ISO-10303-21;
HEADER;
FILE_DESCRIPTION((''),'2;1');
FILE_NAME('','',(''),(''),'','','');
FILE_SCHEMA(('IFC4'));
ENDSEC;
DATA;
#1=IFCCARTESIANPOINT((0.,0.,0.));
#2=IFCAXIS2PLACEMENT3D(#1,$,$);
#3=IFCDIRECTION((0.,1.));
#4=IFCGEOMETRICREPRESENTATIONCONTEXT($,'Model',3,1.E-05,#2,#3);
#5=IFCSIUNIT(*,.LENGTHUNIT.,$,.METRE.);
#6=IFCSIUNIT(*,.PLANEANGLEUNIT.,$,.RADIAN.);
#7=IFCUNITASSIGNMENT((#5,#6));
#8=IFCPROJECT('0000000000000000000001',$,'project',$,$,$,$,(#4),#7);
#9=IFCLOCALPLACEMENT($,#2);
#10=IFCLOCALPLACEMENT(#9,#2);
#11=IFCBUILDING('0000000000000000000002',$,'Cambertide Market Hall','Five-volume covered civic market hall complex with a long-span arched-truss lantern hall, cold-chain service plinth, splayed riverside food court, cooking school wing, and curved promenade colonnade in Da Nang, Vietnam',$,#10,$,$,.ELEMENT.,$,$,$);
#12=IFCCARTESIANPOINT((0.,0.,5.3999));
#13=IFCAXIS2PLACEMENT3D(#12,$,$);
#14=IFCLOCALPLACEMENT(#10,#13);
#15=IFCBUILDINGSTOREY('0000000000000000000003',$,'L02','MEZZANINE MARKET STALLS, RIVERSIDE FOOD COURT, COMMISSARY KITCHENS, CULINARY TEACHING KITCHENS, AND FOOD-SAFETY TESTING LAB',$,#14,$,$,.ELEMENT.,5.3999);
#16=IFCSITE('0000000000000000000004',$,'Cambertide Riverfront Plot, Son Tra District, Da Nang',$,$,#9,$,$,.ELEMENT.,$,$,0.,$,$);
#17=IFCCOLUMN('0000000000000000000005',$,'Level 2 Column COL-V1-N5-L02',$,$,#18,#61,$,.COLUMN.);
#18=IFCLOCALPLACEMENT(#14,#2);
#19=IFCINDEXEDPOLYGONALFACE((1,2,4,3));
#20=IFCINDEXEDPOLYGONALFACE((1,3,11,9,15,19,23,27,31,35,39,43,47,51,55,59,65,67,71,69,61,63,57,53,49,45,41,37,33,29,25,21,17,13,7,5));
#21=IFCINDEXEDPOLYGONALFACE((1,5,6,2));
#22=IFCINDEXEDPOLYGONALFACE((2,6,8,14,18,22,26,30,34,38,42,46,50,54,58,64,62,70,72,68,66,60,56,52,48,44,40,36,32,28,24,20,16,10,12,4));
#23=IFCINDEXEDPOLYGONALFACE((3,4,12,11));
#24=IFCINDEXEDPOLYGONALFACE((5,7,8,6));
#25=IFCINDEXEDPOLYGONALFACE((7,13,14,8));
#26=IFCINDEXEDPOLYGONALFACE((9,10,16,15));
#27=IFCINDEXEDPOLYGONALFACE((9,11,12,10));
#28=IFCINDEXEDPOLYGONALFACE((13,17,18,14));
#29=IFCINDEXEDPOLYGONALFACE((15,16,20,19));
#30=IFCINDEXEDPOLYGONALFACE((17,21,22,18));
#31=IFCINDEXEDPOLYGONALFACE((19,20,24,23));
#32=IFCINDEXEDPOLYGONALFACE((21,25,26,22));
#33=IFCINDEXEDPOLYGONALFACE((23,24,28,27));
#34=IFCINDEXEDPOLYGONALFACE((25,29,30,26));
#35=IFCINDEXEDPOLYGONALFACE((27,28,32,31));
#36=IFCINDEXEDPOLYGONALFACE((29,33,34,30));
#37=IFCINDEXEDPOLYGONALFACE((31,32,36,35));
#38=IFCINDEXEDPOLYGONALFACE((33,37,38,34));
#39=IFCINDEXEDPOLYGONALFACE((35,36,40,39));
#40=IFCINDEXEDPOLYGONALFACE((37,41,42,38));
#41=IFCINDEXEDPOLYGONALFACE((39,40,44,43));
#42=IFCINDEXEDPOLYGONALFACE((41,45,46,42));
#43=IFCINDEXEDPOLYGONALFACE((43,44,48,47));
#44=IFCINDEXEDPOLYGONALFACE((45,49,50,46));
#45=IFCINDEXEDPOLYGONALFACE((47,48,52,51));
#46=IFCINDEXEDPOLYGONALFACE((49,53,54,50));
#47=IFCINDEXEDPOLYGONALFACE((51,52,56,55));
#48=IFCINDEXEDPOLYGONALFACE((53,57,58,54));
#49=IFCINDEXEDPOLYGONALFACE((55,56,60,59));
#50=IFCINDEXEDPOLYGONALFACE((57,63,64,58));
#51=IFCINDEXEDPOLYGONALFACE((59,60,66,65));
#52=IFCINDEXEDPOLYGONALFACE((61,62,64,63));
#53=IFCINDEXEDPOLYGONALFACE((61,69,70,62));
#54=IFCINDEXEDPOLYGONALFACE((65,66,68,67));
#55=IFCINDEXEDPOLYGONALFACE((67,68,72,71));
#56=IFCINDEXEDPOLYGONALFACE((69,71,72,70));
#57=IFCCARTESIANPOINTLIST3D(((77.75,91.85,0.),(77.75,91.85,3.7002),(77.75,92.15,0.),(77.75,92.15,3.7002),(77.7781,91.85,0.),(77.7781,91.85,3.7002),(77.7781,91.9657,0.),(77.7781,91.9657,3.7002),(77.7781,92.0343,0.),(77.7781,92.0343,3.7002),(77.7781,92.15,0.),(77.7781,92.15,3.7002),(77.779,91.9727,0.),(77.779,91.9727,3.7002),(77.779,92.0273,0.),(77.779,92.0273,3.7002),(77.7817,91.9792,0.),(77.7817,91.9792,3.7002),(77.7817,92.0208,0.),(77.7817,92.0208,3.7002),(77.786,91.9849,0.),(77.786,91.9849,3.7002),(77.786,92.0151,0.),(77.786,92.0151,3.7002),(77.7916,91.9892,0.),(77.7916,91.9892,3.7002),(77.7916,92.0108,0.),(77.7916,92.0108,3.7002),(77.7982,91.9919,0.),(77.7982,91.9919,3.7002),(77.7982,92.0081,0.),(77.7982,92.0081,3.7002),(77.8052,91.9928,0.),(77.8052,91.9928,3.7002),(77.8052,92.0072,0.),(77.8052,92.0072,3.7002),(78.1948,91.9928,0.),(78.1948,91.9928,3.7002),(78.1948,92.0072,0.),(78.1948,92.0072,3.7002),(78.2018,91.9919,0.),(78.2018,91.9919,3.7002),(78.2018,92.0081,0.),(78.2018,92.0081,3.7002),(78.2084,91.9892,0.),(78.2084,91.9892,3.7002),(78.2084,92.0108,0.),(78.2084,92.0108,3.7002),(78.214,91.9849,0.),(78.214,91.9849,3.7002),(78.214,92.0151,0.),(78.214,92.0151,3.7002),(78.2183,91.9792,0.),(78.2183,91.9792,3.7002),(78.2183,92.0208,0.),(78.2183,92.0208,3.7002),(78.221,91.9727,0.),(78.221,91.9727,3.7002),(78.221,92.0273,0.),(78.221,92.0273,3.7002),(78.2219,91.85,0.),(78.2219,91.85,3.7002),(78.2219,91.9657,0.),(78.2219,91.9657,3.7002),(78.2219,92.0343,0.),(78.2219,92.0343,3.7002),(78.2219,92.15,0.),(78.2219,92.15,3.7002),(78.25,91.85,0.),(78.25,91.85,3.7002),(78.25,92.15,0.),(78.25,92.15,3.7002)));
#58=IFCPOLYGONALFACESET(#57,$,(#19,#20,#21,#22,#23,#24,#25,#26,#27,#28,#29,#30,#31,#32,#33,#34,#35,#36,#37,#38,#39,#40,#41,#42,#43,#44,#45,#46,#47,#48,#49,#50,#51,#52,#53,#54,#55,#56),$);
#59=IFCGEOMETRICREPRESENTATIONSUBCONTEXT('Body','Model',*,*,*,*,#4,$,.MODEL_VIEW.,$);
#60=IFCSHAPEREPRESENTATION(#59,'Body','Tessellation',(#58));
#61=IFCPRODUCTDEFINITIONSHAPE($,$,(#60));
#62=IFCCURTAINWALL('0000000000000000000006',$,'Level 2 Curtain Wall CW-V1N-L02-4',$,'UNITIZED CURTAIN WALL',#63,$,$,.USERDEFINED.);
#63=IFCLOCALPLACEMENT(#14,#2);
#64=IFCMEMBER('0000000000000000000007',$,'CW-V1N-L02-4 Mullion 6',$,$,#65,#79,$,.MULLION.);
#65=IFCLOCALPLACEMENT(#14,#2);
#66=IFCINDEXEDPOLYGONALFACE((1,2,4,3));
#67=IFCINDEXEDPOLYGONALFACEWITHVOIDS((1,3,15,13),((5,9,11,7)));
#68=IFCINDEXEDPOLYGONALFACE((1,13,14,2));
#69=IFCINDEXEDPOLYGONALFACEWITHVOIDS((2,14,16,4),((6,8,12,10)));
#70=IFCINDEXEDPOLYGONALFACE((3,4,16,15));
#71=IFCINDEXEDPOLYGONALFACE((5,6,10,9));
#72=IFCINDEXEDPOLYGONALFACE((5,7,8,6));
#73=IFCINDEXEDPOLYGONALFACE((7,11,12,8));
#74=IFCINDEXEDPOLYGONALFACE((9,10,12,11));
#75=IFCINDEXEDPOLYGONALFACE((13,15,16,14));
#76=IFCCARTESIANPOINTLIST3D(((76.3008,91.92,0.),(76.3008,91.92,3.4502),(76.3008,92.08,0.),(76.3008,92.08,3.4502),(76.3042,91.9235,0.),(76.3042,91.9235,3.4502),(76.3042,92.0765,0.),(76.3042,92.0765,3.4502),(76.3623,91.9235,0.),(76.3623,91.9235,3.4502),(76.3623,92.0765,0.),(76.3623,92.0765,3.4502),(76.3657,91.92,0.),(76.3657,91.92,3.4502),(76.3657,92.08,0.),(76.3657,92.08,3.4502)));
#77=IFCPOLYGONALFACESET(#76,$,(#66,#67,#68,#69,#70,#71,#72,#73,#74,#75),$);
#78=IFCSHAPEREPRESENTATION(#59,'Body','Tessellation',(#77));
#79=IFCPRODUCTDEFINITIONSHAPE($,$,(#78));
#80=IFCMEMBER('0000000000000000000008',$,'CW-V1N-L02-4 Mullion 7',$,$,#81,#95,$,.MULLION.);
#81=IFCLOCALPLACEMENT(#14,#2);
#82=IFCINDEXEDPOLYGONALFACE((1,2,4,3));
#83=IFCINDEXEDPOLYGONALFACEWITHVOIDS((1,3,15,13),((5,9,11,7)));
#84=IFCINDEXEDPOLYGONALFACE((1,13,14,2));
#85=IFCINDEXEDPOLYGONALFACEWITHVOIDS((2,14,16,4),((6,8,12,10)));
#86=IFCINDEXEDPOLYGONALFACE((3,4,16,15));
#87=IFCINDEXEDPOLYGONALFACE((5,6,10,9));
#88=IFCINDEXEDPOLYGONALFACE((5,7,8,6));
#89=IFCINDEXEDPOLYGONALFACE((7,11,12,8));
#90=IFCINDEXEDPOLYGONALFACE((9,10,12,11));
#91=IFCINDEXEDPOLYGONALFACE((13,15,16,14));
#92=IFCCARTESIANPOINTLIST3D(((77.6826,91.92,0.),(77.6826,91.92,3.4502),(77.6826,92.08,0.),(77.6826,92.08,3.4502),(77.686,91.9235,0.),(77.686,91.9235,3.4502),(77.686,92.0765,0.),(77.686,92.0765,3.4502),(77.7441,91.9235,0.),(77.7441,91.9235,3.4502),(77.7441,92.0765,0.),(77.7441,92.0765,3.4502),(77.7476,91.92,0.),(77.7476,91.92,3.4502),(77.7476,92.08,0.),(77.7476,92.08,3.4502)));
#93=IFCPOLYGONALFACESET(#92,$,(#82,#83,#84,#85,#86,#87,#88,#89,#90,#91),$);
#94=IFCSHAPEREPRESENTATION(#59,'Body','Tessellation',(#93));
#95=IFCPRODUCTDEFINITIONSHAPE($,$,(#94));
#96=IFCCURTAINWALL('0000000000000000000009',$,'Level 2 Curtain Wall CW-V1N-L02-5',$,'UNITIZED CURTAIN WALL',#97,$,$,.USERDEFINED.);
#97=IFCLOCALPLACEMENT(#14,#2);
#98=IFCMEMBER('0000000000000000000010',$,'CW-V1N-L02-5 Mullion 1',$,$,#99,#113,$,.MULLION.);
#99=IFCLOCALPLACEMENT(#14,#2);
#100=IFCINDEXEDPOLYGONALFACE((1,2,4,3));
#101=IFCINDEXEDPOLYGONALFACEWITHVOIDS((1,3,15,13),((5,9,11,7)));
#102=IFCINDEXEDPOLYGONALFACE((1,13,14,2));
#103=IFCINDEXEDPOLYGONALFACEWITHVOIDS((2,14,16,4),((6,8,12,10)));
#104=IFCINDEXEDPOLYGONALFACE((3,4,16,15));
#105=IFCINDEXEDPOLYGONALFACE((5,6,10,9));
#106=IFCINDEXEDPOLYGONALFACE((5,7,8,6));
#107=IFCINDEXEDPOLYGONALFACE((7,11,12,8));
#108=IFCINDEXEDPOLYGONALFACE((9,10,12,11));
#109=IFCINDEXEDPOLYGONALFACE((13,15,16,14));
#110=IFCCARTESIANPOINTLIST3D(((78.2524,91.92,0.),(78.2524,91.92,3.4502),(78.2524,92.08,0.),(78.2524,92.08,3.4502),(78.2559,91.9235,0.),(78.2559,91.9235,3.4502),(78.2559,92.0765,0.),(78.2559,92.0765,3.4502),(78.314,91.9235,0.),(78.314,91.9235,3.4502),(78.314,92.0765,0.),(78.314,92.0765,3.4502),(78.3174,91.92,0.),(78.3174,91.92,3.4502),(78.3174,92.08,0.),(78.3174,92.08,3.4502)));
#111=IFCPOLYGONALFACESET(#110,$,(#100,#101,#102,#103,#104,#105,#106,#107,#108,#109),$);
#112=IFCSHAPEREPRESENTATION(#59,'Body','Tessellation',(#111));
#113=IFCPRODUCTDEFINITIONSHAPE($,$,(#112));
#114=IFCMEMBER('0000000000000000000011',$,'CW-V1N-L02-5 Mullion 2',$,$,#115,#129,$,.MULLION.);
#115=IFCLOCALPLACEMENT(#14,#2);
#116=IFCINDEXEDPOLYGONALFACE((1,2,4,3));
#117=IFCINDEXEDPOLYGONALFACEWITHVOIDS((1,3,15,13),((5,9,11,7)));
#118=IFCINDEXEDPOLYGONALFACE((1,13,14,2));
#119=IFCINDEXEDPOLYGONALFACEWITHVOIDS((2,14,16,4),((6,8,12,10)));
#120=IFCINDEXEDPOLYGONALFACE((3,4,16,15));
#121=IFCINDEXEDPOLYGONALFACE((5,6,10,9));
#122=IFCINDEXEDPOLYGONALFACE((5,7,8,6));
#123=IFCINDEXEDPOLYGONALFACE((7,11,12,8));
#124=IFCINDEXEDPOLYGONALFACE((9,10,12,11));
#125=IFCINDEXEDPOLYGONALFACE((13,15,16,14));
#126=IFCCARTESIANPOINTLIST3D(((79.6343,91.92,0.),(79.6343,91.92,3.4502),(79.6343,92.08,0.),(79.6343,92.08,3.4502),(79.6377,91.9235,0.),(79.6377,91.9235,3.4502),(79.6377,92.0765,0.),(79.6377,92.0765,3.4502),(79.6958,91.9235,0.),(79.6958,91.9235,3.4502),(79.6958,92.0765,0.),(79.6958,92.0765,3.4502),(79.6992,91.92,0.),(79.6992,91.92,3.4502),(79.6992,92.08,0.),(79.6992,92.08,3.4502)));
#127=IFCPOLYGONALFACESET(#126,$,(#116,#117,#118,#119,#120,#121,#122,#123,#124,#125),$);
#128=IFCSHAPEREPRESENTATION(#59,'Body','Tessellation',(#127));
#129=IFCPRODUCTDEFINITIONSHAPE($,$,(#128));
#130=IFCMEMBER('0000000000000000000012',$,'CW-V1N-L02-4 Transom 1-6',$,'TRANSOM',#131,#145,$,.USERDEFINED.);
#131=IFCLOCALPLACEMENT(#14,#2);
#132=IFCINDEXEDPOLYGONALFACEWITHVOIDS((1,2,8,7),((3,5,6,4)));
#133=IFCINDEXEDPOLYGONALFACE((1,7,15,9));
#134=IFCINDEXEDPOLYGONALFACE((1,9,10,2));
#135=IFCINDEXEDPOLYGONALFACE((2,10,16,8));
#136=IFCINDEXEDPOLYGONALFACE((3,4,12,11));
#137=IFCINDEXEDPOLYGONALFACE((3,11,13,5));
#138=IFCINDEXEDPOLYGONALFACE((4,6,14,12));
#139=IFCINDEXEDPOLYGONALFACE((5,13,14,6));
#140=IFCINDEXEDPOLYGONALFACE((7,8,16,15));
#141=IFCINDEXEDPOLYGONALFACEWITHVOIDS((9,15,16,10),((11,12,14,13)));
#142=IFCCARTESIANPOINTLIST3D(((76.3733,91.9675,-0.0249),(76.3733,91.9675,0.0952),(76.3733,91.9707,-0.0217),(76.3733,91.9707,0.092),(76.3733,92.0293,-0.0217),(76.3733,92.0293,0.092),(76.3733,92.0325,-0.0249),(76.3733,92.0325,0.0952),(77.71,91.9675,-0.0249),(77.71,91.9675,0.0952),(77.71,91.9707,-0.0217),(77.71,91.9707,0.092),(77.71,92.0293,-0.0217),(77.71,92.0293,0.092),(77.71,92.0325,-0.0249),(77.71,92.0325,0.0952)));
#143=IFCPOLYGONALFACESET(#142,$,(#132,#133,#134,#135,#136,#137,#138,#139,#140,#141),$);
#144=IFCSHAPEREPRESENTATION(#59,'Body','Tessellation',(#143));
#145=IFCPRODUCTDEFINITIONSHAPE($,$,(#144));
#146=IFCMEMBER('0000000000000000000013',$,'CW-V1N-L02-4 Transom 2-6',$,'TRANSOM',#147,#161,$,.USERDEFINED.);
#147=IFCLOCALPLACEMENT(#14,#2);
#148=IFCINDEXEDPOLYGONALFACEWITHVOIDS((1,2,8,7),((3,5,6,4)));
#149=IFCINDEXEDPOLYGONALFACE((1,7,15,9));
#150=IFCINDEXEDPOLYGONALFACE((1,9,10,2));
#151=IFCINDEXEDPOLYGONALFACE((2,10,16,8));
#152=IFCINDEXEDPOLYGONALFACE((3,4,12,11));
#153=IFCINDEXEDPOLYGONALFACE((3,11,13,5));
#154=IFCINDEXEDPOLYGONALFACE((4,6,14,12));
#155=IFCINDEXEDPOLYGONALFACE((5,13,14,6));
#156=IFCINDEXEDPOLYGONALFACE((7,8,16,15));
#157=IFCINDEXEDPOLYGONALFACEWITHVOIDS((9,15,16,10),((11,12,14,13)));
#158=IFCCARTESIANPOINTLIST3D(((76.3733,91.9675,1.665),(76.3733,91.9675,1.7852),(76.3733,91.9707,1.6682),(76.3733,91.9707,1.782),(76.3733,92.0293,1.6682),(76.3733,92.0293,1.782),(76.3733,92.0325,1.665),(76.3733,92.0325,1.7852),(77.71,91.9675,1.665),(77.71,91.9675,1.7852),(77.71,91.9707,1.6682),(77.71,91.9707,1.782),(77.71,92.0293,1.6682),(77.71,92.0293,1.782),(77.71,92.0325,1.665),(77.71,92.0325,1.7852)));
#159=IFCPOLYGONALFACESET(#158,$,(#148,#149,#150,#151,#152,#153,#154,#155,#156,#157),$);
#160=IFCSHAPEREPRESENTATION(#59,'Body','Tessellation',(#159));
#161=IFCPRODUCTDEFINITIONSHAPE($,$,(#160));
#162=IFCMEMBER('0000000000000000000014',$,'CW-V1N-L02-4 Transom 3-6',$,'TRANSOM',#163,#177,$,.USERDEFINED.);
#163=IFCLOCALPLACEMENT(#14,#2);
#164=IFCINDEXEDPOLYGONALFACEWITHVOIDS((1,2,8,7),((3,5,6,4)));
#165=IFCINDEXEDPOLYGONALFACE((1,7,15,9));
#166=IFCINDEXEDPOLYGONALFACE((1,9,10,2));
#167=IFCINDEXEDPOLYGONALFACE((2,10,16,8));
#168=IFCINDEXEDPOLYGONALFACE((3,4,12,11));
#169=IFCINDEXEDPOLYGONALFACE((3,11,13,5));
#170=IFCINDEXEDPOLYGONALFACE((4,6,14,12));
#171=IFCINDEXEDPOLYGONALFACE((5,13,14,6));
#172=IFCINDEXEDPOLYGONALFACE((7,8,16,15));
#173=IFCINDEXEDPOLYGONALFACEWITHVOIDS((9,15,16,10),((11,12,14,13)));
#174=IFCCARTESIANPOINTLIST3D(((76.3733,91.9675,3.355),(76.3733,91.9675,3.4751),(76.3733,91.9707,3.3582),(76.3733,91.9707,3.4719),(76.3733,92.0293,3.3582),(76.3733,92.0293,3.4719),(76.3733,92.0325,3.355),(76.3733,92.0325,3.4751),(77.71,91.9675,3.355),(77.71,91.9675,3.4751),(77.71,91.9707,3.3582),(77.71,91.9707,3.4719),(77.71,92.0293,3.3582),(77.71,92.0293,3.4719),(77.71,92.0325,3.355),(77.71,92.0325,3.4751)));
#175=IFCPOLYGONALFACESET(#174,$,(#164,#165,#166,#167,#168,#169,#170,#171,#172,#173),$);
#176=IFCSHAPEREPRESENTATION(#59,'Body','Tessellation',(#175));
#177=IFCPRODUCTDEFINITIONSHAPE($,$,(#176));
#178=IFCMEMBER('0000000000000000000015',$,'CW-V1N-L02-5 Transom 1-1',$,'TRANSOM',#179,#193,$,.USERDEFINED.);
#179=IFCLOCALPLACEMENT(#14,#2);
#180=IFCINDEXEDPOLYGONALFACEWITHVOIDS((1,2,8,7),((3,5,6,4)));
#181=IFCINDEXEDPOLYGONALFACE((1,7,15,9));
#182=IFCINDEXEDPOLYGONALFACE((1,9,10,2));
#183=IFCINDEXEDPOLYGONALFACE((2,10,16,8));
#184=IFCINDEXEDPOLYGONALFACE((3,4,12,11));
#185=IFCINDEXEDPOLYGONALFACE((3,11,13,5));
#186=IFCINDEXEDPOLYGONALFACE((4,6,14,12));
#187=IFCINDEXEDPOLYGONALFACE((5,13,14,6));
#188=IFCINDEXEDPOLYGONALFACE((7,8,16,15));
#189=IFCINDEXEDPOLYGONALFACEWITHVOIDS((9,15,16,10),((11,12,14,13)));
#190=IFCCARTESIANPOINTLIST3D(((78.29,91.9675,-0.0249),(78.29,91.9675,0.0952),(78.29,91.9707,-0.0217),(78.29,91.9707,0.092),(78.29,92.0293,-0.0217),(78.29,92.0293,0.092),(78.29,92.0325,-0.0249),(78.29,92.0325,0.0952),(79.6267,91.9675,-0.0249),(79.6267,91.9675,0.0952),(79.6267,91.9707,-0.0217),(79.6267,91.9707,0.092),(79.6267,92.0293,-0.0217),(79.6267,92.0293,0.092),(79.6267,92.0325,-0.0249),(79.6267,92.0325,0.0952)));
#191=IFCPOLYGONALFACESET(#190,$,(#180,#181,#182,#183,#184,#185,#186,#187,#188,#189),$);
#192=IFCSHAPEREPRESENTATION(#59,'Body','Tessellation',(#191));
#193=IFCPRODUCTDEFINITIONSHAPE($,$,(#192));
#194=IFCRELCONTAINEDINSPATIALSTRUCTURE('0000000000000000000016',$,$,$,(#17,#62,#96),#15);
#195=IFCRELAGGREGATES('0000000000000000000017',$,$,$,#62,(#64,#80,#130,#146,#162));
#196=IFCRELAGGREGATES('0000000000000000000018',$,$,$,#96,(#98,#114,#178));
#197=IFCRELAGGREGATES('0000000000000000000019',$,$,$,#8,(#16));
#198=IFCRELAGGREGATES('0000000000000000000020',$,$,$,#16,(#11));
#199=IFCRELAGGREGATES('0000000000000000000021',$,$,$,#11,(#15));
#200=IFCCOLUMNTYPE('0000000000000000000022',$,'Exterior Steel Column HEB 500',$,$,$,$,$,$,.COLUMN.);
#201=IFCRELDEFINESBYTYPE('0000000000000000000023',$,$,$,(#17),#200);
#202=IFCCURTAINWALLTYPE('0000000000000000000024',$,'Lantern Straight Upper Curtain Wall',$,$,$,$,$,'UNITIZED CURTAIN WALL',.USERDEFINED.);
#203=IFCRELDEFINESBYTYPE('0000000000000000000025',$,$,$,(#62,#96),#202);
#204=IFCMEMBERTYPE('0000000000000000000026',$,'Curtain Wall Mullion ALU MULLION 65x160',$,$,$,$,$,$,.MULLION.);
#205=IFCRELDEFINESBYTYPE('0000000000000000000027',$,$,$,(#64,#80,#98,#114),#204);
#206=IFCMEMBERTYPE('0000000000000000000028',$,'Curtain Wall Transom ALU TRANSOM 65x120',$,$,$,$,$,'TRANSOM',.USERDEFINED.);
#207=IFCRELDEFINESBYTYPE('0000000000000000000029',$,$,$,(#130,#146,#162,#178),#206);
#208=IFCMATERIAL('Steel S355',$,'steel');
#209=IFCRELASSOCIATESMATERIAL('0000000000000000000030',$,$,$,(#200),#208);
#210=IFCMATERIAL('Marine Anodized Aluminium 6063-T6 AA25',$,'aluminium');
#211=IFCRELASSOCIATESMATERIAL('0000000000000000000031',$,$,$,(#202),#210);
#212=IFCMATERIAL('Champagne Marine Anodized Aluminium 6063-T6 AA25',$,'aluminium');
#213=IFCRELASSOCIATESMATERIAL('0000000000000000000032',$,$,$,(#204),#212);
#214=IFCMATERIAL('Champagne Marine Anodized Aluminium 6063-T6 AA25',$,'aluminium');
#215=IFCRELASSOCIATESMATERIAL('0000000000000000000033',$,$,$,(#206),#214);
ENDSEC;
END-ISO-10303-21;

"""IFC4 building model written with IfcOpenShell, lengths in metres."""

from ifc_helpers import new_model, si_unit, direction, frame, origin, origin_2d, place, context, subcontext, project, spatial, hollow_rectangle, i_section, extrude, material, material_profile, profile_set, type_object, element, aggregate, save


model = new_model("IFC4")

# Units and contexts
model_context = context("Model", 3, precision=1e-05, world=origin(), true_north=direction((0.0, 1.0)))
body_context = subcontext(model_context, "Body", "Model", "MODEL_VIEW")
ifc_project = project(units=[si_unit("LENGTHUNIT", "METRE"), si_unit("PLANEANGLEUNIT", "RADIAN")], contexts=[model_context])

# Site, building, storey
site_placement = place(None, origin())
site = spatial("IfcSite", under=ifc_project, at=site_placement, Name="Cambertide Riverfront Plot, Son Tra District, Da Nang", CompositionType="ELEMENT", RefElevation=0.0)
building_placement = place(site_placement, origin())
building = spatial("IfcBuilding", under=site, at=building_placement, Name="Cambertide Market Hall", Description="Five-volume covered civic market hall complex with a long-span arched-truss lantern hall, cold-chain service plinth, splayed riverside food court, cooking school wing, and curved promenade colonnade in Da Nang, Vietnam", CompositionType="ELEMENT")
storey_placement = place(building_placement, frame((0.0, 0.0, 5.3999)))
storey = spatial("IfcBuildingStorey", under=building, at=storey_placement, Name="L02", Description="MEZZANINE MARKET STALLS, RIVERSIDE FOOD COURT, COMMISSARY KITCHENS, CULINARY TEACHING KITCHENS, AND FOOD-SAFETY TESTING LAB", CompositionType="ELEMENT", Elevation=5.3999)

# Column
ifc_material_1 = material(Name="Steel S355", Category="steel")
ifc_material_profile_1 = material_profile(ifc_material_1, i_section(OverallWidth=0.3, OverallDepth=0.5, WebThickness=0.0144, FlangeThickness=0.0281, FilletRadius=0.0271, at=origin_2d()), Name="HEB 500")
ifc_profile_set_1 = profile_set([ifc_material_profile_1], Name="Steel S355")
column_type = type_object("IfcColumnType", Name="Exterior Steel Column HEB 500", PredefinedType="COLUMN", material=ifc_profile_set_1)
column_placement = place(storey_placement, frame((78.0, 92.0, 0.0), z_axis=(0.0, 0.0, 1.0), x_axis=(0.0, 1.0, 0.0)))
element("IfcColumn", 1, at=column_placement, inside=storey, type_object=column_type, Name="Level 2 Column COL-V1-N5-L02", PredefinedType="COLUMN", context=body_context, shape_type="SweptSolid", body=[
    extrude(i_section(OverallWidth=0.3, OverallDepth=0.5, WebThickness=0.0144, FlangeThickness=0.0281, FilletRadius=0.0271, at=origin_2d()), origin(), (0.0, 0.0, 1.0), 3.7002),
])

# Curtain walls, members
ifc_material_2 = material(Name="Marine Anodized Aluminium 6063-T6 AA25", Category="aluminium")
curtain_wall_type = type_object("IfcCurtainWallType", Name="Lantern Straight Upper Curtain Wall", ElementType="UNITIZED CURTAIN WALL", PredefinedType="USERDEFINED", material=ifc_material_2)
curtain_wall_1_placement = place(storey_placement, origin())
curtain_wall_1 = element("IfcCurtainWall", 2, at=curtain_wall_1_placement, inside=storey, type_object=curtain_wall_type, Name="Level 2 Curtain Wall CW-V1N-L02-4", ObjectType="UNITIZED CURTAIN WALL", PredefinedType="USERDEFINED")
ifc_material_3 = material(Name="Champagne Marine Anodized Aluminium 6063-T6 AA25", Category="aluminium")
ifc_material_profile_2 = material_profile(ifc_material_3, hollow_rectangle(XDim=0.0649, YDim=0.1599, WallThickness=0.0034, at=origin_2d()), Name="ALU MULLION 65x160")
ifc_profile_set_2 = profile_set([ifc_material_profile_2], Name="Champagne Marine Anodized Aluminium 6063-T6 AA25")
member_type_1 = type_object("IfcMemberType", Name="Curtain Wall Mullion ALU MULLION 65x160", PredefinedType="MULLION", material=ifc_profile_set_2)
member_1_placement = place(storey_placement, frame((76.3333, 92.0, 0.0), z_axis=(0.0, 0.0, 1.0), x_axis=(1.0, 0.0, 0.0)))
member_1 = element("IfcMember", 3, at=member_1_placement, type_object=member_type_1, Name="CW-V1N-L02-4 Mullion 6", PredefinedType="MULLION", context=body_context, shape_type="SweptSolid", body=[
    extrude(hollow_rectangle(XDim=0.0649, YDim=0.1599, WallThickness=0.0034, at=origin_2d()), origin(), (0.0, 0.0, 1.0), 3.4502),
])
member_2_placement = place(storey_placement, frame((77.7151, 92.0, 0.0), z_axis=(0.0, 0.0, 1.0), x_axis=(1.0, 0.0, 0.0)))
member_2 = element("IfcMember", 4, at=member_2_placement, type_object=member_type_1, Name="CW-V1N-L02-4 Mullion 7", PredefinedType="MULLION", context=body_context, shape_type="SweptSolid", body=[
    extrude(hollow_rectangle(XDim=0.0649, YDim=0.1599, WallThickness=0.0034, at=origin_2d()), origin(), (0.0, 0.0, 1.0), 3.4502),
])
curtain_wall_2_placement = place(storey_placement, origin())
curtain_wall_2 = element("IfcCurtainWall", 5, at=curtain_wall_2_placement, inside=storey, type_object=curtain_wall_type, Name="Level 2 Curtain Wall CW-V1N-L02-5", ObjectType="UNITIZED CURTAIN WALL", PredefinedType="USERDEFINED")
member_3_placement = place(storey_placement, frame((78.2849, 92.0, 0.0), z_axis=(0.0, 0.0, 1.0), x_axis=(1.0, 0.0, 0.0)))
member_3 = element("IfcMember", 6, at=member_3_placement, type_object=member_type_1, Name="CW-V1N-L02-5 Mullion 1", PredefinedType="MULLION", context=body_context, shape_type="SweptSolid", body=[
    extrude(hollow_rectangle(XDim=0.0649, YDim=0.1599, WallThickness=0.0034, at=origin_2d()), origin(), (0.0, 0.0, 1.0), 3.4502),
])
member_4_placement = place(storey_placement, frame((79.6667, 92.0, 0.0), z_axis=(0.0, 0.0, 1.0), x_axis=(1.0, 0.0, 0.0)))
member_4 = element("IfcMember", 7, at=member_4_placement, type_object=member_type_1, Name="CW-V1N-L02-5 Mullion 2", PredefinedType="MULLION", context=body_context, shape_type="SweptSolid", body=[
    extrude(hollow_rectangle(XDim=0.0649, YDim=0.1599, WallThickness=0.0034, at=origin_2d()), origin(), (0.0, 0.0, 1.0), 3.4502),
])

# Members
ifc_material_4 = material(Name="Champagne Marine Anodized Aluminium 6063-T6 AA25", Category="aluminium")
ifc_material_profile_3 = material_profile(ifc_material_4, hollow_rectangle(XDim=0.0649, YDim=0.1201, WallThickness=0.0032, at=origin_2d()), Name="ALU TRANSOM 65x120")
ifc_profile_set_3 = profile_set([ifc_material_profile_3], Name="Champagne Marine Anodized Aluminium 6063-T6 AA25")
member_type_2 = type_object("IfcMemberType", Name="Curtain Wall Transom ALU TRANSOM 65x120", ElementType="TRANSOM", PredefinedType="USERDEFINED", material=ifc_profile_set_3)
member_5_placement = place(storey_placement, frame((76.3733, 92.0, 0.0352), z_axis=(1.0, 0.0, 0.0), x_axis=(0.0, 1.0, 0.0)))
member_5 = element("IfcMember", 8, at=member_5_placement, type_object=member_type_2, Name="CW-V1N-L02-4 Transom 1-6", ObjectType="TRANSOM", PredefinedType="USERDEFINED", context=body_context, shape_type="SweptSolid", body=[
    extrude(hollow_rectangle(XDim=0.0649, YDim=0.1201, WallThickness=0.0032, at=origin_2d()), origin(), (0.0, 0.0, 1.0), 1.3367),
])
member_6_placement = place(storey_placement, frame((76.3733, 92.0, 1.7251), z_axis=(1.0, 0.0, 0.0), x_axis=(0.0, 1.0, 0.0)))
member_6 = element("IfcMember", 9, at=member_6_placement, type_object=member_type_2, Name="CW-V1N-L02-4 Transom 2-6", ObjectType="TRANSOM", PredefinedType="USERDEFINED", context=body_context, shape_type="SweptSolid", body=[
    extrude(hollow_rectangle(XDim=0.0649, YDim=0.1201, WallThickness=0.0032, at=origin_2d()), origin(), (0.0, 0.0, 1.0), 1.3367),
])
member_7_placement = place(storey_placement, frame((76.3733, 92.0, 3.415), z_axis=(1.0, 0.0, 0.0), x_axis=(0.0, 1.0, 0.0)))
member_7 = element("IfcMember", 10, at=member_7_placement, type_object=member_type_2, Name="CW-V1N-L02-4 Transom 3-6", ObjectType="TRANSOM", PredefinedType="USERDEFINED", context=body_context, shape_type="SweptSolid", body=[
    extrude(hollow_rectangle(XDim=0.0649, YDim=0.1201, WallThickness=0.0032, at=origin_2d()), origin(), (0.0, 0.0, 1.0), 1.3367),
])
member_8_placement = place(storey_placement, frame((78.29, 92.0, 0.0352), z_axis=(1.0, 0.0, 0.0), x_axis=(0.0, 1.0, 0.0)))
member_8 = element("IfcMember", 11, at=member_8_placement, type_object=member_type_2, Name="CW-V1N-L02-5 Transom 1-1", ObjectType="TRANSOM", PredefinedType="USERDEFINED", context=body_context, shape_type="SweptSolid", body=[
    extrude(hollow_rectangle(XDim=0.0649, YDim=0.1201, WallThickness=0.0032, at=origin_2d()), origin(), (0.0, 0.0, 1.0), 1.3367),
])

aggregate(curtain_wall_1, [member_1, member_2, member_5, member_6, member_7])
aggregate(curtain_wall_2, [member_3, member_4, member_8])

save(model, "model.ifc")
